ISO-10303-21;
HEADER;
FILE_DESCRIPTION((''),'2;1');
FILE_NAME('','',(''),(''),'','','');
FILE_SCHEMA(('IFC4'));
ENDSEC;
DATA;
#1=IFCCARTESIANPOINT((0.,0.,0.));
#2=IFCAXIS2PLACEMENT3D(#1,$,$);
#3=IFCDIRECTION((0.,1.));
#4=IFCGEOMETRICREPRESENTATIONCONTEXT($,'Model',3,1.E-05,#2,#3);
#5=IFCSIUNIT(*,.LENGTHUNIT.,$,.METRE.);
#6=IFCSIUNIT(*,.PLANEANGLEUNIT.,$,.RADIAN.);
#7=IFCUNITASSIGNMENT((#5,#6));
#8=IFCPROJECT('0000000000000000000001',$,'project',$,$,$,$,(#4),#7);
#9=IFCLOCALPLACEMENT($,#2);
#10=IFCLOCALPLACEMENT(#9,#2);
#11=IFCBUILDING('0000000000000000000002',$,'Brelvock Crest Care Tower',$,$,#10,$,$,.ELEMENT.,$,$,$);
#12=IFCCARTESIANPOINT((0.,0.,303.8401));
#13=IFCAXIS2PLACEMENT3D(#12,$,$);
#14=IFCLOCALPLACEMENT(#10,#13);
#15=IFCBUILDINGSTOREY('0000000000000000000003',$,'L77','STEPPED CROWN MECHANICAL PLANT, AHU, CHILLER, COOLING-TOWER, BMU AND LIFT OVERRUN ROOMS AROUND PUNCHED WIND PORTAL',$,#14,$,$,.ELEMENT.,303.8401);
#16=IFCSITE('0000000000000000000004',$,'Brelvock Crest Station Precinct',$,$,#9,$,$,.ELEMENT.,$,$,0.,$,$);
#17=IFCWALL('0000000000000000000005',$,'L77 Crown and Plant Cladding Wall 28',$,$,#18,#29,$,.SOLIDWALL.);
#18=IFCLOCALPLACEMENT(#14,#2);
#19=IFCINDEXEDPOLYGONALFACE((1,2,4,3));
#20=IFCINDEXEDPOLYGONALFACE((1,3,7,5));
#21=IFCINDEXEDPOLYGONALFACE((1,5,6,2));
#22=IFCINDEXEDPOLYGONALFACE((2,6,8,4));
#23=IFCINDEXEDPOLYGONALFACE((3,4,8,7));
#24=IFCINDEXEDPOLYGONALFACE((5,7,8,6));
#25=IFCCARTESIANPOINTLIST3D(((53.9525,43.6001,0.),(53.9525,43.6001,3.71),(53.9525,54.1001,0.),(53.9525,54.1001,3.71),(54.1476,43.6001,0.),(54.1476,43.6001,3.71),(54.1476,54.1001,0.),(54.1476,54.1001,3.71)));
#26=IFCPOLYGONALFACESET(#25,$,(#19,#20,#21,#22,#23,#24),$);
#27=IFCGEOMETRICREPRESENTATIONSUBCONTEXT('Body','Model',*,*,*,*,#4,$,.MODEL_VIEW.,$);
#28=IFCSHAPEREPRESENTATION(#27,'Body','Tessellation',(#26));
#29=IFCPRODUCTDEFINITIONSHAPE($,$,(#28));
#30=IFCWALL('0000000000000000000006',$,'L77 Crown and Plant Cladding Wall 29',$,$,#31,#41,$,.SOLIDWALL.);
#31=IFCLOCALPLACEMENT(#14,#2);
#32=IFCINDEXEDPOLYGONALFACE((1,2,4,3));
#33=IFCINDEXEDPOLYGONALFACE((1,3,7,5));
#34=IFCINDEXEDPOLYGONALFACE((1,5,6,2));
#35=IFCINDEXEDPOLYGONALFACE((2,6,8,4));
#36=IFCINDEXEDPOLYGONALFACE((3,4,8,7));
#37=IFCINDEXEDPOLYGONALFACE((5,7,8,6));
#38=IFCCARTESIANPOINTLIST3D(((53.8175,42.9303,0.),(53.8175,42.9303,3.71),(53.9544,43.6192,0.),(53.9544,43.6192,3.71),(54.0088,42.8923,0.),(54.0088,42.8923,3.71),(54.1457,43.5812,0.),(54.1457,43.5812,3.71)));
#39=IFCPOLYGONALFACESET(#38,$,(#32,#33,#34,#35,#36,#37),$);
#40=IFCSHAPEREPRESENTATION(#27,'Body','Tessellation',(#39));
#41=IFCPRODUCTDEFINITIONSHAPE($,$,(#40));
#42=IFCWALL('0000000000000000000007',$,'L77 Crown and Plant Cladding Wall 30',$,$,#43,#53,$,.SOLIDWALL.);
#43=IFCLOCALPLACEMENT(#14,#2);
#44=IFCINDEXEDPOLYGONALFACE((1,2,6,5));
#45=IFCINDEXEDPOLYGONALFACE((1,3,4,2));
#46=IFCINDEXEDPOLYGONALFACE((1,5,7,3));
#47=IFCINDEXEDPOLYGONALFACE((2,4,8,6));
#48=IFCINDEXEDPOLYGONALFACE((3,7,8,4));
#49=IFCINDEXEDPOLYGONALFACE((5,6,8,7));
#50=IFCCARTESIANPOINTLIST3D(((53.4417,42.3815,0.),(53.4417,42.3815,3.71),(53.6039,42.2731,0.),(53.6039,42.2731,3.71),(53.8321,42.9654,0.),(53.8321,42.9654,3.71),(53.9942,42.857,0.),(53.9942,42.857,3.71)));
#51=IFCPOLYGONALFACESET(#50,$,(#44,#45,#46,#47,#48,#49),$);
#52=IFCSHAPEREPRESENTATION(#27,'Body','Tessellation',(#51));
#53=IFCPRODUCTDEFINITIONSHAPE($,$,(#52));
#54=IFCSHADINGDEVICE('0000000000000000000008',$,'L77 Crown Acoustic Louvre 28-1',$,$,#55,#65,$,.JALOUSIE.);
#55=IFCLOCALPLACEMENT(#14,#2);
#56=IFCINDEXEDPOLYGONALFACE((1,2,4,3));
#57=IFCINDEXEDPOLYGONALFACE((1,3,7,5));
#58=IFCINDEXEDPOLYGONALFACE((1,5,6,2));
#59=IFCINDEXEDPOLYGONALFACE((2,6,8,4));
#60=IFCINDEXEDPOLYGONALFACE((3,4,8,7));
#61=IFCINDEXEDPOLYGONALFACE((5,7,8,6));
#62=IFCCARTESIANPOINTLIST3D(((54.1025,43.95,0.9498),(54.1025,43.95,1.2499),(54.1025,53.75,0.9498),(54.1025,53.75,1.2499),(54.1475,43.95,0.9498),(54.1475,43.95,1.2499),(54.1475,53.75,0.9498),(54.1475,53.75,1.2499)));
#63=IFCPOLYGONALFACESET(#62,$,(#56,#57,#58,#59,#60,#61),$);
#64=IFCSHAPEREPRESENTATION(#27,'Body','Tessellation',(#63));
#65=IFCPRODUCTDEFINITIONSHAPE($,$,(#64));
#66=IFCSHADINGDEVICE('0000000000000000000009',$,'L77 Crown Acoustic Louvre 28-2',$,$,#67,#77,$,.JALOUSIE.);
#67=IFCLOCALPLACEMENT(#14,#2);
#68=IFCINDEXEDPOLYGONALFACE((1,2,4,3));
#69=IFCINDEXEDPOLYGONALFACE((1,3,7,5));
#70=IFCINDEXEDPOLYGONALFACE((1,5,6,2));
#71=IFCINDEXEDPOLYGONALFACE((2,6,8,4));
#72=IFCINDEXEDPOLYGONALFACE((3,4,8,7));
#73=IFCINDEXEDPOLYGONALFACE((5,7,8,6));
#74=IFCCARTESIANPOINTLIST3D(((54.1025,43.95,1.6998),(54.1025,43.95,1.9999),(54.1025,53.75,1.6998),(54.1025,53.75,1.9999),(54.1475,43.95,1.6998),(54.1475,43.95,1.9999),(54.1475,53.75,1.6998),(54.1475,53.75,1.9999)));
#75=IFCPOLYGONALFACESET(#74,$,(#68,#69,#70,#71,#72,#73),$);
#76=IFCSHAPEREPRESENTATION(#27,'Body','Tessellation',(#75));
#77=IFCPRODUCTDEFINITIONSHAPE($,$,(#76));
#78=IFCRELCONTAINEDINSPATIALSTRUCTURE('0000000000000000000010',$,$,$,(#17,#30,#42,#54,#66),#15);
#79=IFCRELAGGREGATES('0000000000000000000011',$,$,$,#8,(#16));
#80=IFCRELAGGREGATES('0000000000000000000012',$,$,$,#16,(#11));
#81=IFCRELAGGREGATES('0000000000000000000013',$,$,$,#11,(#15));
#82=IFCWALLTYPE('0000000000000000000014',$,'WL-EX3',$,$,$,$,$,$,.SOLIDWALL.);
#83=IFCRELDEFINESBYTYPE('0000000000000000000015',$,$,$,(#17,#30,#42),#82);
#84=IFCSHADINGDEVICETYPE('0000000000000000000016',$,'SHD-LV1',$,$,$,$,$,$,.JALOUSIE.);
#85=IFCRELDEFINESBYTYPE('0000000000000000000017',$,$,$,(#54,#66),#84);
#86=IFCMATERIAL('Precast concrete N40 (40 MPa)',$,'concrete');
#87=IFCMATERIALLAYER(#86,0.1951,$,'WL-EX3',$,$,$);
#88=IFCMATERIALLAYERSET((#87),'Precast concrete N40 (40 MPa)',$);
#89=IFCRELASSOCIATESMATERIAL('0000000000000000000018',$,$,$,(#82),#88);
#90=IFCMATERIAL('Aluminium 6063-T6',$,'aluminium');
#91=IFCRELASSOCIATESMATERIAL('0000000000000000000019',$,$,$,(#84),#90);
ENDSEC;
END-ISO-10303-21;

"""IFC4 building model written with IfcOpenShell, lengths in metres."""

from ifc_helpers import new_model, si_unit, direction, frame, frame_2d, origin, origin_2d, place, context, subcontext, project, spatial, rectangle, extrude, source, transform, mapped, material, layer, layer_set, material_profile, profile_set, type_object, element, save


model = new_model("IFC4")

# Units and contexts
model_context = context("Model", 3, precision=1e-05, world=origin(), true_north=direction((0.0, 1.0)))
body_context = subcontext(model_context, "Body", "Model", "MODEL_VIEW")
ifc_project = project(units=[si_unit("LENGTHUNIT", "METRE"), si_unit("PLANEANGLEUNIT", "RADIAN")], contexts=[model_context])

# Site, building, storey
site_placement = place(None, origin())
site = spatial("IfcSite", under=ifc_project, at=site_placement, Name="Brelvock Crest Station Precinct", CompositionType="ELEMENT", RefElevation=0.0)
building_placement = place(site_placement, origin())
building = spatial("IfcBuilding", under=site, at=building_placement, Name="Brelvock Crest Care Tower", CompositionType="ELEMENT")
storey_placement = place(building_placement, frame((0.0, 0.0, 303.8401)))
storey = spatial("IfcBuildingStorey", under=building, at=storey_placement, Name="L77", Description="STEPPED CROWN MECHANICAL PLANT, AHU, CHILLER, COOLING-TOWER, BMU AND LIFT OVERRUN ROOMS AROUND PUNCHED WIND PORTAL", CompositionType="ELEMENT", Elevation=303.8401)

# Walls
ifc_material_1 = material(Name="Precast concrete N40 (40 MPa)", Category="concrete")
ifc_layer = layer(ifc_material_1, 0.1951, Name="WL-EX3")
ifc_layer_set = layer_set([ifc_layer], Name="Precast concrete N40 (40 MPa)")
wall_type = type_object("IfcWallType", Name="WL-EX3", PredefinedType="SOLIDWALL", material=ifc_layer_set)
wall_1_placement = place(storey_placement, frame((54.05, 54.1001, 0.0), z_axis=(0.0, 0.0, 1.0), x_axis=(0.0, -1.0, 0.0)))
element("IfcWall", 1, at=wall_1_placement, inside=storey, type_object=wall_type, Name="L77 Crown and Plant Cladding Wall 28", PredefinedType="SOLIDWALL", context=body_context, shape_type="SweptSolid", body=[
    extrude(rectangle(XDim=10.5, YDim=0.1951, at=frame_2d((5.25, 0.0))), origin(), (0.0, 0.0, 1.0), 3.71),
])
for number, where, z_axis, x_axis, name in (
    (2, (54.05, 43.6001, 0.0), (0.0, 0.0, 1.0), (-0.19498, -0.980807, 0.0), "L77 Crown and Plant Cladding Wall 29"),
    (3, (53.9131, 42.9111, 0.0), (0.0, 0.0, 1.0), (-0.555742, -0.831355, 0.0), "L77 Crown and Plant Cladding Wall 30"),
):
    element("IfcWall", number, at=place(storey_placement, frame(where, z_axis=z_axis, x_axis=x_axis)), inside=storey, type_object=wall_type, Name=name, PredefinedType="SOLIDWALL", context=body_context, shape_type="SweptSolid", body=[
        extrude(rectangle(XDim=0.7024, YDim=0.1951, at=frame_2d((0.3511, 0.0))), origin(), (0.0, 0.0, 1.0), 3.71),
    ])

# Shading devices
ifc_material_2 = material(Name="Aluminium 6063-T6", Category="aluminium")
ifc_material_profile_1 = material_profile(ifc_material_2, rectangle(XDim=0.0449, YDim=0.3, at=origin_2d()), Name="LOUVRE45x300")
ifc_profile_set_1 = profile_set([ifc_material_profile_1], Name="Aluminium 6063-T6")
shading_device_type = type_object("IfcShadingDeviceType", Name="SHD-LV1", PredefinedType="JALOUSIE", material=ifc_profile_set_1)
shared_shape_1 = source(origin(), body_context, "Body", "SweptSolid", [
    extrude(rectangle(XDim=0.0449, YDim=0.3, at=origin_2d()), origin(), (0.0, 0.0, 1.0), 9.8),
])
for number, where, z_axis, x_axis, name in (
    (4, (54.125, 53.75, 1.0999), (0.0, -1.0, 0.0), (1.0, 0.0, 0.0), "L77 Crown Acoustic Louvre 28-1"),
    (5, (54.125, 53.75, 1.8499), (0.0, -1.0, 0.0), (1.0, 0.0, 0.0), "L77 Crown Acoustic Louvre 28-2"),
):
    element("IfcShadingDevice", number, at=place(storey_placement, frame(where, z_axis=z_axis, x_axis=x_axis)), inside=storey, type_object=shading_device_type, Name=name, PredefinedType="JALOUSIE", context=body_context, shape_type="MappedRepresentation", body=[
        mapped(shared_shape_1, transform((0.0, 0.0, 0.0), x_axis=(1.0, 0.0, 0.0), y_axis=(0.0, 1.0, 0.0), z_axis=(0.0, 0.0, 1.0), scale=1.0)),
    ])

save(model, "model.ifc")
